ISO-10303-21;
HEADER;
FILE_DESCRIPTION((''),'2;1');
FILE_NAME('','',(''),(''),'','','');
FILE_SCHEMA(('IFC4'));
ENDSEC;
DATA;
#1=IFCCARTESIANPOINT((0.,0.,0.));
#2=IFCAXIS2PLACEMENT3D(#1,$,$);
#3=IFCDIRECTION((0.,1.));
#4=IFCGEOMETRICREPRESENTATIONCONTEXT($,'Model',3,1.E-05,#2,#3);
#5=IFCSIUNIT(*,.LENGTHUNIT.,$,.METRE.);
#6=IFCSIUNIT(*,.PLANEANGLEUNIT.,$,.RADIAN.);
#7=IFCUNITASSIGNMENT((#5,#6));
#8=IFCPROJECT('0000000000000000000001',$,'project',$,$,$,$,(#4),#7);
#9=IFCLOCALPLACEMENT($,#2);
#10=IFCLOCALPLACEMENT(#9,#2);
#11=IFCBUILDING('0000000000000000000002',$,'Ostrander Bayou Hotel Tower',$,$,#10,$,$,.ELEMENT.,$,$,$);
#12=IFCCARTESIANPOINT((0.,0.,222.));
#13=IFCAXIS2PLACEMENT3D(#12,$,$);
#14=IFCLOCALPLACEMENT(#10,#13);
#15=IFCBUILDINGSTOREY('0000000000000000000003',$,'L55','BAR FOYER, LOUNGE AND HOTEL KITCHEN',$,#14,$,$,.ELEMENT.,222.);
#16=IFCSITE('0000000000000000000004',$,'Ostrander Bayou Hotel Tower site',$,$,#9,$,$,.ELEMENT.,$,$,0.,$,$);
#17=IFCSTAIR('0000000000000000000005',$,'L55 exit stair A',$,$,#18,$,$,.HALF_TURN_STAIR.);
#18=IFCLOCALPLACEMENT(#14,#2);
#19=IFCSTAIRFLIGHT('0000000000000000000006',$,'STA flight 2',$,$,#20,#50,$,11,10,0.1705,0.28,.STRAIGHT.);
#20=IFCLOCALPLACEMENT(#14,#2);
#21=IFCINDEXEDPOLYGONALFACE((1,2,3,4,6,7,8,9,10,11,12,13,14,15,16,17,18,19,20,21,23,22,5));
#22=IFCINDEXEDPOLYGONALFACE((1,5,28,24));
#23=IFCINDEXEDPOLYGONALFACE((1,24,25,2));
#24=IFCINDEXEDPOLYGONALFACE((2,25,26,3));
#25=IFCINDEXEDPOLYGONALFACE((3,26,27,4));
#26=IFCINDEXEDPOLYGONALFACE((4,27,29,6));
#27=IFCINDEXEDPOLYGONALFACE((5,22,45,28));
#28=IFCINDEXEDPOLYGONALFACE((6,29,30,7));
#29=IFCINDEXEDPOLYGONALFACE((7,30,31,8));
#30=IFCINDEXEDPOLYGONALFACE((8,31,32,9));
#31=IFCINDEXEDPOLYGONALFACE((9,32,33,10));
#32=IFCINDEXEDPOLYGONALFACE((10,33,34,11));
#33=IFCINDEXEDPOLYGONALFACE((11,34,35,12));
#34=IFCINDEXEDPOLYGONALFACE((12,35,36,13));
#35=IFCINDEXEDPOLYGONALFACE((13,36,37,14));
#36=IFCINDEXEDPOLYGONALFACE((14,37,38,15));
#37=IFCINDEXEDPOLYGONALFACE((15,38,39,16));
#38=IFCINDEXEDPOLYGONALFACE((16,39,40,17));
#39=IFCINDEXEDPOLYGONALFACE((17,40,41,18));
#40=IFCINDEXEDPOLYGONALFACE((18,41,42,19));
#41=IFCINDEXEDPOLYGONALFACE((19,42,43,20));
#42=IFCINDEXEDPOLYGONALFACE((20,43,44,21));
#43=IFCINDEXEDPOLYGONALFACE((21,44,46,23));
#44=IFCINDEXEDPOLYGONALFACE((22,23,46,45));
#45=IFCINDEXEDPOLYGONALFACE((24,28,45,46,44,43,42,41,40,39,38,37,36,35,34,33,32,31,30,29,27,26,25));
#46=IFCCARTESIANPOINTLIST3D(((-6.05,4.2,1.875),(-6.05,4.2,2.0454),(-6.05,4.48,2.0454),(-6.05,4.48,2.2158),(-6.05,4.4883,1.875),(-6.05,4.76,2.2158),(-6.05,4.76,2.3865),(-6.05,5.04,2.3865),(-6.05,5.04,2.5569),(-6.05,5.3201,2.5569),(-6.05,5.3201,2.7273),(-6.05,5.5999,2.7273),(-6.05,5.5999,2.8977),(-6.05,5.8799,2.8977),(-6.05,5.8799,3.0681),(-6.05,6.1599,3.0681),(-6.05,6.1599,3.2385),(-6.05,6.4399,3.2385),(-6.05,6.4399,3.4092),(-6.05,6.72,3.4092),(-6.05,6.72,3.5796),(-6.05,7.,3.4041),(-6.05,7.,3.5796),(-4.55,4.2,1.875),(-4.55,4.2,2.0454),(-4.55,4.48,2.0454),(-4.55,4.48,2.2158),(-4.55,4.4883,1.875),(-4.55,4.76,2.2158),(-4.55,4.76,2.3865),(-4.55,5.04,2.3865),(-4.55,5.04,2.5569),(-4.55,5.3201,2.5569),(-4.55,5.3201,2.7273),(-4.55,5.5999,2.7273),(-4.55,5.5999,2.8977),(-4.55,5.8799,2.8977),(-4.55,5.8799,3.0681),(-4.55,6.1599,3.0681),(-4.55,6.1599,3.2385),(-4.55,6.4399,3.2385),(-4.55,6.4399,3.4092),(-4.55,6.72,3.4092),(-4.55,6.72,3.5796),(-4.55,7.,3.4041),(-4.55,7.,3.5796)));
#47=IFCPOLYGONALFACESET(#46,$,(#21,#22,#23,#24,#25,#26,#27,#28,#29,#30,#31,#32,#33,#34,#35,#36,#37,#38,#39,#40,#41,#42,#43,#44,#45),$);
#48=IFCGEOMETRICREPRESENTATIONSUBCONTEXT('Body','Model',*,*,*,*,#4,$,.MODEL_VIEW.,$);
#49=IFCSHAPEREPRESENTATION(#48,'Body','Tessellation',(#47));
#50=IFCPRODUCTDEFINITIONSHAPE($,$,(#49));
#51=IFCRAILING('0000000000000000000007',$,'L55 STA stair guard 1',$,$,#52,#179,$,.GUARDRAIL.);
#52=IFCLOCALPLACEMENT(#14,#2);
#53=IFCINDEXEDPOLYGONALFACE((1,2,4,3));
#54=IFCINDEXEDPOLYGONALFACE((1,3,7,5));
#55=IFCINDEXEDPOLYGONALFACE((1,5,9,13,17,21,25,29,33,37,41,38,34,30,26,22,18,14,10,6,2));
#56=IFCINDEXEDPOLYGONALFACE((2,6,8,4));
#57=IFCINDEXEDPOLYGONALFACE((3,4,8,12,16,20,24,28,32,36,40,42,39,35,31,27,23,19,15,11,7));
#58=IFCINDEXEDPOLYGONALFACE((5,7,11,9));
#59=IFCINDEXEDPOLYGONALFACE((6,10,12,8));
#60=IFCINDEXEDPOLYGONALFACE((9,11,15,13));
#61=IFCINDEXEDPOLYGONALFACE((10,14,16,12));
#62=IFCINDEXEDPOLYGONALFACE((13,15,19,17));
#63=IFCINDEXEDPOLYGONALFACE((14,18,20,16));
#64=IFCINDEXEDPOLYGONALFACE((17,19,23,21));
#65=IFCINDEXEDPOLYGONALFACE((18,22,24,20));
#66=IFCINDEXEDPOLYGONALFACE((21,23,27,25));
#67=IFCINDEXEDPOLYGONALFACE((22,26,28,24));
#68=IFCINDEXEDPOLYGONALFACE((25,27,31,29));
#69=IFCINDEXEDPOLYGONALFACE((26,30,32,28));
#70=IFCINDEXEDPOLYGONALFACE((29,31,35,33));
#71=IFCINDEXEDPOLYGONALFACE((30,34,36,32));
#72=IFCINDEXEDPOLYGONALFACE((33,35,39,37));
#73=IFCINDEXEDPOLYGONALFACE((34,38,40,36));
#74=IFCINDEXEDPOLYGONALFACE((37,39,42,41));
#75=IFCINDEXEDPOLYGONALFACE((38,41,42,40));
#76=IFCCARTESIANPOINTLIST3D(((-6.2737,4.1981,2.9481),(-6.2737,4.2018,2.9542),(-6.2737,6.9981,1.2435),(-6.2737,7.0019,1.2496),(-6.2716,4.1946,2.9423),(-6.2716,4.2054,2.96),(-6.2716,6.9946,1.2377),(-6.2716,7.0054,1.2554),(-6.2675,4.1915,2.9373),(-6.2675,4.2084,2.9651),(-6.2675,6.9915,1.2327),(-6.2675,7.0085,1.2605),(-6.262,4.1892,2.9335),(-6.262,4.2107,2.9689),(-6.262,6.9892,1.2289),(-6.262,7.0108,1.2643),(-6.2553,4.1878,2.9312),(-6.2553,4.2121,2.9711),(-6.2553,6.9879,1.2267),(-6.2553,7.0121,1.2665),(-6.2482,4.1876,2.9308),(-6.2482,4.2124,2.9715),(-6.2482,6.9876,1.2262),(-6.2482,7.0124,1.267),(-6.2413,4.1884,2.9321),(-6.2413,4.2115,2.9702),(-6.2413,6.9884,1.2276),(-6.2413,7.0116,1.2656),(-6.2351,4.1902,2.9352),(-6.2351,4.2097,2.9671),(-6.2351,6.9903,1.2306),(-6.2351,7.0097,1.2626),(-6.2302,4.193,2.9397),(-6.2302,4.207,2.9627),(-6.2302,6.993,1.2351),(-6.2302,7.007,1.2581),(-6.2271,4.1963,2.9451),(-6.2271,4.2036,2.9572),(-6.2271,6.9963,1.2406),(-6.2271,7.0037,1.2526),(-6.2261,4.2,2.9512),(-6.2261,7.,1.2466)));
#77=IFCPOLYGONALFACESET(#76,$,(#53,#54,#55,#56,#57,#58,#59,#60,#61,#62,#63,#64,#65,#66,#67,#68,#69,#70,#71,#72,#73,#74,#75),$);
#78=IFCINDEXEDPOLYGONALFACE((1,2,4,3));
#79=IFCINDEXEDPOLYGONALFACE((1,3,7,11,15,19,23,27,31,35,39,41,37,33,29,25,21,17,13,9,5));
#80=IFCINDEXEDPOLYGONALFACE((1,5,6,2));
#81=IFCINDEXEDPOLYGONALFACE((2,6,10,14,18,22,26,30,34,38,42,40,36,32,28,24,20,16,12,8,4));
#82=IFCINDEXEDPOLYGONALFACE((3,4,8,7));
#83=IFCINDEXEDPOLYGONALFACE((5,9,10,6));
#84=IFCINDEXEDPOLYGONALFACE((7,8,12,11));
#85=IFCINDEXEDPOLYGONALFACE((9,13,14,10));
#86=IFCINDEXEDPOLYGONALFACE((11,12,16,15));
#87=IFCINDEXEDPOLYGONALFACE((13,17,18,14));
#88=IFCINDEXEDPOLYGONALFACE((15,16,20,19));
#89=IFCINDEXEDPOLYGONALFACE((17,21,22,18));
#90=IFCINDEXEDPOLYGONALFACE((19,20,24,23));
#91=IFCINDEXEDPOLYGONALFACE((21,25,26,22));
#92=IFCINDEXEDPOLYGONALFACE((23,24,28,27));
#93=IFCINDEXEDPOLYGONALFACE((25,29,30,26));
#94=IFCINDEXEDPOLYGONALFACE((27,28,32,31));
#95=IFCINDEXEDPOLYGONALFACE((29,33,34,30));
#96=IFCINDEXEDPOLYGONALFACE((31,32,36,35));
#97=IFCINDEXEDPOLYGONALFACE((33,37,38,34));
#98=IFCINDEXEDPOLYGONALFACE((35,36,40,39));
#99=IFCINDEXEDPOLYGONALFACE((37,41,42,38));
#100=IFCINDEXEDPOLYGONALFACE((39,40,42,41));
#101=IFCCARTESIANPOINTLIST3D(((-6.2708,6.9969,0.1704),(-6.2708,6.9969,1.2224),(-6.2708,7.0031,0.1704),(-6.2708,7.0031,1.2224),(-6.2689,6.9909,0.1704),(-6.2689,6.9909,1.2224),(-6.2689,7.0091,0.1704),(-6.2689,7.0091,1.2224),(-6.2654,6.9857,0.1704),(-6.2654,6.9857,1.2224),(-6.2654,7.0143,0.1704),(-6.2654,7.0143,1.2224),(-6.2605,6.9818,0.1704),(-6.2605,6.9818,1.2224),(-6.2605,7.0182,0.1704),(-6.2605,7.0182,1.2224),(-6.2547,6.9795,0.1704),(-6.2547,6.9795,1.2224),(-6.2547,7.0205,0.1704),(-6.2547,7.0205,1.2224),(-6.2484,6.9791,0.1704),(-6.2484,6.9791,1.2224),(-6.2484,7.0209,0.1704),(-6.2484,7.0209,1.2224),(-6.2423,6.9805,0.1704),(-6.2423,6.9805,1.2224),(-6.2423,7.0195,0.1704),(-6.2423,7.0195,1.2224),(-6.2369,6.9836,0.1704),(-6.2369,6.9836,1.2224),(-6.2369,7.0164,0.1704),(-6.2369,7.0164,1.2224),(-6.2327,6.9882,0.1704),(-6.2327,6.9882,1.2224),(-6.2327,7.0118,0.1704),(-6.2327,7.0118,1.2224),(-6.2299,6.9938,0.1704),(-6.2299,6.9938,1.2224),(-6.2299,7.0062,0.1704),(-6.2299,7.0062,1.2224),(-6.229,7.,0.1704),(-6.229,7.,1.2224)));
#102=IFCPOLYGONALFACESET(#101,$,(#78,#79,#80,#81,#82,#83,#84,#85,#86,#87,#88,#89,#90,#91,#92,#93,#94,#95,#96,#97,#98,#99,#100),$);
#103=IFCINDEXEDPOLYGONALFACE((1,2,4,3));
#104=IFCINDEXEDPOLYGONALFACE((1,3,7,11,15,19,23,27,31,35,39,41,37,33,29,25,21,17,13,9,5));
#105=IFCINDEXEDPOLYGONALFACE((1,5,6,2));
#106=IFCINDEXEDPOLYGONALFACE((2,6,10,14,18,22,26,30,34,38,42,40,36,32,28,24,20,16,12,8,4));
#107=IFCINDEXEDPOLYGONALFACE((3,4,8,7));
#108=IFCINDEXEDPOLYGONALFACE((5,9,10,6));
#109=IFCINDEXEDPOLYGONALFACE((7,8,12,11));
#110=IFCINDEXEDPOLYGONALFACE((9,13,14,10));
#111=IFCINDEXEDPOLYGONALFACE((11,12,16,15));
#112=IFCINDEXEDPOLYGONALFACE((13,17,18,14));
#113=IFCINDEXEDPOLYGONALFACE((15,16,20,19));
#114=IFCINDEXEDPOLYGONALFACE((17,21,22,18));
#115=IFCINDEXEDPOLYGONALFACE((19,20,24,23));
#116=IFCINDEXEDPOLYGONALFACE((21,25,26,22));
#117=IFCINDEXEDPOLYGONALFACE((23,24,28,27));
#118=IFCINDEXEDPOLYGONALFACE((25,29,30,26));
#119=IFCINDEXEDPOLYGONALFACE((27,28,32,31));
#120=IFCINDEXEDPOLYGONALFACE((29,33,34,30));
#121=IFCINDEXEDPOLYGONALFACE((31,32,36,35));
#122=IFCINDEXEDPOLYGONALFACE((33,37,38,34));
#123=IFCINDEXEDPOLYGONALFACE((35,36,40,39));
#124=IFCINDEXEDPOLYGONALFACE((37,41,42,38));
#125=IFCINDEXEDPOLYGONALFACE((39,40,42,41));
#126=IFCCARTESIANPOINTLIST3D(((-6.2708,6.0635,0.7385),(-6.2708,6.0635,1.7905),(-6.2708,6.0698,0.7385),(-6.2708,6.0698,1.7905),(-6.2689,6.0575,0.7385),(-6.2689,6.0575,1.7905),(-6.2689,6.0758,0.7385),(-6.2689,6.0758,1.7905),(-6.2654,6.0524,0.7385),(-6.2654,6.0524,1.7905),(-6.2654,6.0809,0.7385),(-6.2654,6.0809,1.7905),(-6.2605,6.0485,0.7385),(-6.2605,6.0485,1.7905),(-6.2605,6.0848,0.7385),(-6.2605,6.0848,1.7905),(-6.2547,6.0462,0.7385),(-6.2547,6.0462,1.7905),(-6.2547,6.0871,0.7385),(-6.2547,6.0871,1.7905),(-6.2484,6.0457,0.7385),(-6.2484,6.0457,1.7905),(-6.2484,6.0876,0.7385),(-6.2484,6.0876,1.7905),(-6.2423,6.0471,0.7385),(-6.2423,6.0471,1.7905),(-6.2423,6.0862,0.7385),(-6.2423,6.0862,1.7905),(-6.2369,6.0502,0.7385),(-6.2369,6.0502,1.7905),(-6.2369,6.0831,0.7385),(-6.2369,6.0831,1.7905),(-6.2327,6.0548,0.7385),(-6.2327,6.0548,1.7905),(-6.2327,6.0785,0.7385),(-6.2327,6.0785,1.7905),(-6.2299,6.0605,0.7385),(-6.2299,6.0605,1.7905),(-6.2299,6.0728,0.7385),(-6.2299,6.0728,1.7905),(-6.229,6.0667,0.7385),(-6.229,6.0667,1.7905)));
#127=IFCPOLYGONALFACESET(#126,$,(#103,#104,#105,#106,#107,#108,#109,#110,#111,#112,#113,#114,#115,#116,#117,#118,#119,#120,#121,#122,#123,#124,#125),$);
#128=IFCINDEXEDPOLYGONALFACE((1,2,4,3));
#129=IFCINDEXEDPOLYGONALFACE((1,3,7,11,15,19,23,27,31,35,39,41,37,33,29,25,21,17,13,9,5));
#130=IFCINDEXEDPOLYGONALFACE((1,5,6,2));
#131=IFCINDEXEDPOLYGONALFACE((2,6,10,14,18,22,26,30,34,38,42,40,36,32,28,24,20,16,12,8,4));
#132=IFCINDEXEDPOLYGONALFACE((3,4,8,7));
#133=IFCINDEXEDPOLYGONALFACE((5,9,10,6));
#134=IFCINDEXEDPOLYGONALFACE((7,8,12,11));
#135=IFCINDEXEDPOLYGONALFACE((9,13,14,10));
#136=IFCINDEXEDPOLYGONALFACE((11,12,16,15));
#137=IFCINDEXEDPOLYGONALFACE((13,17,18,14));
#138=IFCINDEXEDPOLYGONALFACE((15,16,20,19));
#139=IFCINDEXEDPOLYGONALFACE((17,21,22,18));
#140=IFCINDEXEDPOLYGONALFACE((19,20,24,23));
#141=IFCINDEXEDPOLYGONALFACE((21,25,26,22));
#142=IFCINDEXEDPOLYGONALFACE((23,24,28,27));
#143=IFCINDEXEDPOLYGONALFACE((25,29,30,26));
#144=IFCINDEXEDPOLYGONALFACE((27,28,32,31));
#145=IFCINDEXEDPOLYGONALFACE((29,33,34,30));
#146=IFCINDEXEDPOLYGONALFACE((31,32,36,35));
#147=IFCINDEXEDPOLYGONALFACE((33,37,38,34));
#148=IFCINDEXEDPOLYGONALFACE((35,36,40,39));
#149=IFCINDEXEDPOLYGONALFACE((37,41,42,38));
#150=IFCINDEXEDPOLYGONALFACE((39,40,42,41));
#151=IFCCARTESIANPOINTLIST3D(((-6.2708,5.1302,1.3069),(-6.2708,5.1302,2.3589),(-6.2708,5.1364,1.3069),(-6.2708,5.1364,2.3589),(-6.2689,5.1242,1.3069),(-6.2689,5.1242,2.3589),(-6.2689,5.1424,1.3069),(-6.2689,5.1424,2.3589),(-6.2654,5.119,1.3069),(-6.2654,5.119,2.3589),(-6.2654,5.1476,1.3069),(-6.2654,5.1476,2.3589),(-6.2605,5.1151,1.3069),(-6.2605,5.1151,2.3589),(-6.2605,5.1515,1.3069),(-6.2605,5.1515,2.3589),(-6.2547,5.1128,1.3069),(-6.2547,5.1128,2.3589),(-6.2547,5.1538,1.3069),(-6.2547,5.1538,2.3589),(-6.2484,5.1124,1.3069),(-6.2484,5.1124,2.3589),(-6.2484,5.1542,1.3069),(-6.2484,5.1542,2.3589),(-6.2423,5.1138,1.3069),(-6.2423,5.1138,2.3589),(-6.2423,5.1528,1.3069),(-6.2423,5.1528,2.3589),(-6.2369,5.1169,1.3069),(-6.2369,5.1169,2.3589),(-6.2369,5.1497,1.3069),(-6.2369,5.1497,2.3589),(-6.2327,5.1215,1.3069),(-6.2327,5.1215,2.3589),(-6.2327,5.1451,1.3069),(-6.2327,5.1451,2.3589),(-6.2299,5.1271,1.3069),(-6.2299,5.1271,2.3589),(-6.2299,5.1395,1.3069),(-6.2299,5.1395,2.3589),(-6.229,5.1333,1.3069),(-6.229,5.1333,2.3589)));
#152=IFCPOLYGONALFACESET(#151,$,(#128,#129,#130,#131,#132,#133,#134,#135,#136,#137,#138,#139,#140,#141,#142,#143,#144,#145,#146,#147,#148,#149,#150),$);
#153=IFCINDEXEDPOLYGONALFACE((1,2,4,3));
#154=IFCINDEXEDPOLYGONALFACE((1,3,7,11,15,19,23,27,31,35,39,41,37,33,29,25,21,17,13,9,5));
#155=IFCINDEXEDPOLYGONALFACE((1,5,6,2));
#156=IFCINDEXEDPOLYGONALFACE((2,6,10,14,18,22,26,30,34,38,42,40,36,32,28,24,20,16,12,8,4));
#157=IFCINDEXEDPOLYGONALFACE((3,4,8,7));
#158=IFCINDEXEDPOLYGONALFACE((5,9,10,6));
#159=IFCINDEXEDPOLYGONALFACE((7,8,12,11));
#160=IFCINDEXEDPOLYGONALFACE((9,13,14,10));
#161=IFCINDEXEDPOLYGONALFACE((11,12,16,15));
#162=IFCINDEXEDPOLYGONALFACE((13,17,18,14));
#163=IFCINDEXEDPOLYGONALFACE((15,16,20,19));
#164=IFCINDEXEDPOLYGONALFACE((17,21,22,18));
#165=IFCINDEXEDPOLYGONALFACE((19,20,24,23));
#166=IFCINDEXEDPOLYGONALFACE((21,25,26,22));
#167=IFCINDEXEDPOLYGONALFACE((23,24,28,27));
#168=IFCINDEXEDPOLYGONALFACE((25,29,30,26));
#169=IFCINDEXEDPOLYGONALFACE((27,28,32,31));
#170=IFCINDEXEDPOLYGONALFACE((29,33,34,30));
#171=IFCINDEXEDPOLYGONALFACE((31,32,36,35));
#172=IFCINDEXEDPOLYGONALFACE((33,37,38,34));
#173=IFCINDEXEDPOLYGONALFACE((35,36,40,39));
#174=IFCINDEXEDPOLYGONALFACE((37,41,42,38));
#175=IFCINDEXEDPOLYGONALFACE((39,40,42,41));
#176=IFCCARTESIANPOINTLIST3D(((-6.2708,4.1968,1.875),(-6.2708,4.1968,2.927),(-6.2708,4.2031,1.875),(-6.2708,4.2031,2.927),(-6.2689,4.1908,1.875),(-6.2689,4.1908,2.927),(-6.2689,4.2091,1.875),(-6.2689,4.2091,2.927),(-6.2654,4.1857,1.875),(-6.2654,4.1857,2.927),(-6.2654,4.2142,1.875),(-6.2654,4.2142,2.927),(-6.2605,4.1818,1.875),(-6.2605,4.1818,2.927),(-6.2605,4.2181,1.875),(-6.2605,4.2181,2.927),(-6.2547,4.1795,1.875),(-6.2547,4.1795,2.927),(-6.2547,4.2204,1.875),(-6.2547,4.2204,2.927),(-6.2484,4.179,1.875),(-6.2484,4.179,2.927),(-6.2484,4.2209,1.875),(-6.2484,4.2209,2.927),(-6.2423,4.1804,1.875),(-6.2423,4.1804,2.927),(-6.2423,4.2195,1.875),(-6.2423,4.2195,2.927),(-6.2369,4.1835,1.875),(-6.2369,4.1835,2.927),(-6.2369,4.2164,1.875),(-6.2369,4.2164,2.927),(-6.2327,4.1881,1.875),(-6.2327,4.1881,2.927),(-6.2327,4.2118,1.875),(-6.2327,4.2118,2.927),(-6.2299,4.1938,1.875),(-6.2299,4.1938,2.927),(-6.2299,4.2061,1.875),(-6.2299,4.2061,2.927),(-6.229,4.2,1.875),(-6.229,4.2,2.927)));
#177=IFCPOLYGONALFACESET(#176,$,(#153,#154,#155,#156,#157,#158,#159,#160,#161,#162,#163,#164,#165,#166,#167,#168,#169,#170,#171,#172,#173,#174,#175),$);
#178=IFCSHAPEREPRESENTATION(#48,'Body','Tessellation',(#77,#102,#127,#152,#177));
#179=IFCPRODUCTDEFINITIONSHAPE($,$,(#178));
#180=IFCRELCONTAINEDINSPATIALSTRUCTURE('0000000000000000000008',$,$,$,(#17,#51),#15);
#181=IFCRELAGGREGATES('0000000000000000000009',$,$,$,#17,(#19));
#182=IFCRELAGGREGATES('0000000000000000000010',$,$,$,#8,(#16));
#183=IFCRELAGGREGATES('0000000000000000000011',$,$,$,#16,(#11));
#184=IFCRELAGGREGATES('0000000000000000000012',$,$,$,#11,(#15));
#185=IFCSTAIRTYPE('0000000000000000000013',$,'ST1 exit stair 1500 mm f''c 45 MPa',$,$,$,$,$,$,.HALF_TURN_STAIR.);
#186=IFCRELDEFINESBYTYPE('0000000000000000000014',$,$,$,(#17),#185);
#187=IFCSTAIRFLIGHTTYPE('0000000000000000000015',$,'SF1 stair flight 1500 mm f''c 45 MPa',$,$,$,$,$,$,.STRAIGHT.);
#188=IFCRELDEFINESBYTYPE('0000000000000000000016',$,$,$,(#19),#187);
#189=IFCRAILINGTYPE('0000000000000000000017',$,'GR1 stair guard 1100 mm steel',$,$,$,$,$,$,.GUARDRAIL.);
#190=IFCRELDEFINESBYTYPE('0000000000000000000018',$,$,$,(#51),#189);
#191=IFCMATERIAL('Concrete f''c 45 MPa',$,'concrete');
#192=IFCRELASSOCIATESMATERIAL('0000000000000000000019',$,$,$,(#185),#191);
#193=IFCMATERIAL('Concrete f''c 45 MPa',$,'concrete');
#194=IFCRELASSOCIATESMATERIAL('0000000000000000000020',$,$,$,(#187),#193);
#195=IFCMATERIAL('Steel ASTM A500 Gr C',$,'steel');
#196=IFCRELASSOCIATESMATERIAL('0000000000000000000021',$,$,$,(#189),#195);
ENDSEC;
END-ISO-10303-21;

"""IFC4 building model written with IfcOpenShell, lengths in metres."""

from ifc_helpers import new_model, si_unit, direction, frame, origin, origin_2d, place, context, subcontext, project, spatial, polyline, circle, outline, extrude, material, type_object, element, aggregate, save


model = new_model("IFC4")

# Units and contexts
model_context = context("Model", 3, precision=1e-05, world=origin(), true_north=direction((0.0, 1.0)))
body_context = subcontext(model_context, "Body", "Model", "MODEL_VIEW")
ifc_project = project(units=[si_unit("LENGTHUNIT", "METRE"), si_unit("PLANEANGLEUNIT", "RADIAN")], contexts=[model_context])

# Site, building, storey
site_placement = place(None, origin())
site = spatial("IfcSite", under=ifc_project, at=site_placement, Name="Ostrander Bayou Hotel Tower site", CompositionType="ELEMENT", RefElevation=0.0)
building_placement = place(site_placement, origin())
building = spatial("IfcBuilding", under=site, at=building_placement, Name="Ostrander Bayou Hotel Tower", CompositionType="ELEMENT")
storey_placement = place(building_placement, frame((0.0, 0.0, 222.0)))
storey = spatial("IfcBuildingStorey", under=building, at=storey_placement, Name="L55", Description="BAR FOYER, LOUNGE AND HOTEL KITCHEN", CompositionType="ELEMENT", Elevation=222.0)

# Stair, stair flight
ifc_material_1 = material(Name="Concrete f'c 45 MPa", Category="concrete")
stair_type = type_object("IfcStairType", Name="ST1 exit stair 1500 mm f'c 45 MPa", PredefinedType="HALF_TURN_STAIR", material=ifc_material_1)
stair_placement = place(storey_placement, origin())
stair = element("IfcStair", 1, at=stair_placement, inside=storey, type_object=stair_type, Name="L55 exit stair A", PredefinedType="HALF_TURN_STAIR")
ifc_material_2 = material(Name="Concrete f'c 45 MPa", Category="concrete")
stair_flight_type = type_object("IfcStairFlightType", Name="SF1 stair flight 1500 mm f'c 45 MPa", PredefinedType="STRAIGHT", material=ifc_material_2)
stair_flight_1_placement = place(storey_placement, frame((-5.3, 4.2, 1.875), z_axis=(0.0, 0.0, 1.0), x_axis=(0.0, 1.0, 0.0)))
stair_flight_1 = element("IfcStairFlight", 2, at=stair_flight_1_placement, type_object=stair_flight_type, Name="STA flight 2", NumberOfRisers=11, NumberOfTreads=10, PredefinedType="STRAIGHT", RiserHeight=0.1705, TreadLength=0.28, context=body_context, shape_type="SweptSolid", body=[
    extrude(outline(polyline([(0.0, 0.0), (0.0, 0.1704), (0.28, 0.1704), (0.28, 0.3408), (0.5601, 0.3408), (0.5601, 0.5115), (0.8401, 0.5115), (0.8401, 0.6819), (1.1201, 0.6819), (1.1201, 0.8523), (1.3999, 0.8523), (1.3999, 1.0227), (1.6799, 1.0227), (1.6799, 1.1931), (1.96, 1.1931), (1.96, 1.3635), (2.24, 1.3635), (2.24, 1.5342), (2.52, 1.5342), (2.52, 1.7046), (2.8, 1.7046), (2.8, 1.875), (2.8, 1.5291), (0.2883, 0.0), (0.0, 0.0)])), frame((0.0, 0.75, 0.0), z_axis=(0.0, -1.0, 0.0), x_axis=(1.0, 0.0, 0.0)), (0.0, 0.0, 1.0), 1.5),
])
aggregate(stair, [stair_flight_1])

# Railing
ifc_material_3 = material(Name="Steel ASTM A500 Gr C", Category="steel")
railing_type_1 = type_object("IfcRailingType", Name="GR1 stair guard 1100 mm steel", PredefinedType="GUARDRAIL", material=ifc_material_3)
railing_1_placement = place(storey_placement, frame((-6.25, 7.0, 0.1704)))
element("IfcRailing", 3, at=railing_1_placement, inside=storey, type_object=railing_type_1, Name="L55 STA stair guard 1", PredefinedType="GUARDRAIL", context=body_context, shape_type="SweptSolid", body=[
    extrude(circle(Radius=0.0239, at=origin_2d()), frame((0.0, 0.0, 1.0762), z_axis=(0.0, -0.85417, 0.519994), x_axis=(1.0, 0.0, 0.0)), (0.0, 0.0, 1.0), 3.2781),
    extrude(circle(Radius=0.021, at=origin_2d()), origin(), (0.0, 0.0, 1.0), 1.052),
    extrude(circle(Radius=0.021, at=origin_2d()), frame((0.0, -0.9333, 0.5681)), (0.0, 0.0, 1.0), 1.052),
    extrude(circle(Radius=0.021, at=origin_2d()), frame((0.0, -1.8667, 1.1365)), (0.0, 0.0, 1.0), 1.052),
    extrude(circle(Radius=0.021, at=origin_2d()), frame((0.0, -2.8, 1.7046)), (0.0, 0.0, 1.0), 1.052),
])

save(model, "model.ifc")
